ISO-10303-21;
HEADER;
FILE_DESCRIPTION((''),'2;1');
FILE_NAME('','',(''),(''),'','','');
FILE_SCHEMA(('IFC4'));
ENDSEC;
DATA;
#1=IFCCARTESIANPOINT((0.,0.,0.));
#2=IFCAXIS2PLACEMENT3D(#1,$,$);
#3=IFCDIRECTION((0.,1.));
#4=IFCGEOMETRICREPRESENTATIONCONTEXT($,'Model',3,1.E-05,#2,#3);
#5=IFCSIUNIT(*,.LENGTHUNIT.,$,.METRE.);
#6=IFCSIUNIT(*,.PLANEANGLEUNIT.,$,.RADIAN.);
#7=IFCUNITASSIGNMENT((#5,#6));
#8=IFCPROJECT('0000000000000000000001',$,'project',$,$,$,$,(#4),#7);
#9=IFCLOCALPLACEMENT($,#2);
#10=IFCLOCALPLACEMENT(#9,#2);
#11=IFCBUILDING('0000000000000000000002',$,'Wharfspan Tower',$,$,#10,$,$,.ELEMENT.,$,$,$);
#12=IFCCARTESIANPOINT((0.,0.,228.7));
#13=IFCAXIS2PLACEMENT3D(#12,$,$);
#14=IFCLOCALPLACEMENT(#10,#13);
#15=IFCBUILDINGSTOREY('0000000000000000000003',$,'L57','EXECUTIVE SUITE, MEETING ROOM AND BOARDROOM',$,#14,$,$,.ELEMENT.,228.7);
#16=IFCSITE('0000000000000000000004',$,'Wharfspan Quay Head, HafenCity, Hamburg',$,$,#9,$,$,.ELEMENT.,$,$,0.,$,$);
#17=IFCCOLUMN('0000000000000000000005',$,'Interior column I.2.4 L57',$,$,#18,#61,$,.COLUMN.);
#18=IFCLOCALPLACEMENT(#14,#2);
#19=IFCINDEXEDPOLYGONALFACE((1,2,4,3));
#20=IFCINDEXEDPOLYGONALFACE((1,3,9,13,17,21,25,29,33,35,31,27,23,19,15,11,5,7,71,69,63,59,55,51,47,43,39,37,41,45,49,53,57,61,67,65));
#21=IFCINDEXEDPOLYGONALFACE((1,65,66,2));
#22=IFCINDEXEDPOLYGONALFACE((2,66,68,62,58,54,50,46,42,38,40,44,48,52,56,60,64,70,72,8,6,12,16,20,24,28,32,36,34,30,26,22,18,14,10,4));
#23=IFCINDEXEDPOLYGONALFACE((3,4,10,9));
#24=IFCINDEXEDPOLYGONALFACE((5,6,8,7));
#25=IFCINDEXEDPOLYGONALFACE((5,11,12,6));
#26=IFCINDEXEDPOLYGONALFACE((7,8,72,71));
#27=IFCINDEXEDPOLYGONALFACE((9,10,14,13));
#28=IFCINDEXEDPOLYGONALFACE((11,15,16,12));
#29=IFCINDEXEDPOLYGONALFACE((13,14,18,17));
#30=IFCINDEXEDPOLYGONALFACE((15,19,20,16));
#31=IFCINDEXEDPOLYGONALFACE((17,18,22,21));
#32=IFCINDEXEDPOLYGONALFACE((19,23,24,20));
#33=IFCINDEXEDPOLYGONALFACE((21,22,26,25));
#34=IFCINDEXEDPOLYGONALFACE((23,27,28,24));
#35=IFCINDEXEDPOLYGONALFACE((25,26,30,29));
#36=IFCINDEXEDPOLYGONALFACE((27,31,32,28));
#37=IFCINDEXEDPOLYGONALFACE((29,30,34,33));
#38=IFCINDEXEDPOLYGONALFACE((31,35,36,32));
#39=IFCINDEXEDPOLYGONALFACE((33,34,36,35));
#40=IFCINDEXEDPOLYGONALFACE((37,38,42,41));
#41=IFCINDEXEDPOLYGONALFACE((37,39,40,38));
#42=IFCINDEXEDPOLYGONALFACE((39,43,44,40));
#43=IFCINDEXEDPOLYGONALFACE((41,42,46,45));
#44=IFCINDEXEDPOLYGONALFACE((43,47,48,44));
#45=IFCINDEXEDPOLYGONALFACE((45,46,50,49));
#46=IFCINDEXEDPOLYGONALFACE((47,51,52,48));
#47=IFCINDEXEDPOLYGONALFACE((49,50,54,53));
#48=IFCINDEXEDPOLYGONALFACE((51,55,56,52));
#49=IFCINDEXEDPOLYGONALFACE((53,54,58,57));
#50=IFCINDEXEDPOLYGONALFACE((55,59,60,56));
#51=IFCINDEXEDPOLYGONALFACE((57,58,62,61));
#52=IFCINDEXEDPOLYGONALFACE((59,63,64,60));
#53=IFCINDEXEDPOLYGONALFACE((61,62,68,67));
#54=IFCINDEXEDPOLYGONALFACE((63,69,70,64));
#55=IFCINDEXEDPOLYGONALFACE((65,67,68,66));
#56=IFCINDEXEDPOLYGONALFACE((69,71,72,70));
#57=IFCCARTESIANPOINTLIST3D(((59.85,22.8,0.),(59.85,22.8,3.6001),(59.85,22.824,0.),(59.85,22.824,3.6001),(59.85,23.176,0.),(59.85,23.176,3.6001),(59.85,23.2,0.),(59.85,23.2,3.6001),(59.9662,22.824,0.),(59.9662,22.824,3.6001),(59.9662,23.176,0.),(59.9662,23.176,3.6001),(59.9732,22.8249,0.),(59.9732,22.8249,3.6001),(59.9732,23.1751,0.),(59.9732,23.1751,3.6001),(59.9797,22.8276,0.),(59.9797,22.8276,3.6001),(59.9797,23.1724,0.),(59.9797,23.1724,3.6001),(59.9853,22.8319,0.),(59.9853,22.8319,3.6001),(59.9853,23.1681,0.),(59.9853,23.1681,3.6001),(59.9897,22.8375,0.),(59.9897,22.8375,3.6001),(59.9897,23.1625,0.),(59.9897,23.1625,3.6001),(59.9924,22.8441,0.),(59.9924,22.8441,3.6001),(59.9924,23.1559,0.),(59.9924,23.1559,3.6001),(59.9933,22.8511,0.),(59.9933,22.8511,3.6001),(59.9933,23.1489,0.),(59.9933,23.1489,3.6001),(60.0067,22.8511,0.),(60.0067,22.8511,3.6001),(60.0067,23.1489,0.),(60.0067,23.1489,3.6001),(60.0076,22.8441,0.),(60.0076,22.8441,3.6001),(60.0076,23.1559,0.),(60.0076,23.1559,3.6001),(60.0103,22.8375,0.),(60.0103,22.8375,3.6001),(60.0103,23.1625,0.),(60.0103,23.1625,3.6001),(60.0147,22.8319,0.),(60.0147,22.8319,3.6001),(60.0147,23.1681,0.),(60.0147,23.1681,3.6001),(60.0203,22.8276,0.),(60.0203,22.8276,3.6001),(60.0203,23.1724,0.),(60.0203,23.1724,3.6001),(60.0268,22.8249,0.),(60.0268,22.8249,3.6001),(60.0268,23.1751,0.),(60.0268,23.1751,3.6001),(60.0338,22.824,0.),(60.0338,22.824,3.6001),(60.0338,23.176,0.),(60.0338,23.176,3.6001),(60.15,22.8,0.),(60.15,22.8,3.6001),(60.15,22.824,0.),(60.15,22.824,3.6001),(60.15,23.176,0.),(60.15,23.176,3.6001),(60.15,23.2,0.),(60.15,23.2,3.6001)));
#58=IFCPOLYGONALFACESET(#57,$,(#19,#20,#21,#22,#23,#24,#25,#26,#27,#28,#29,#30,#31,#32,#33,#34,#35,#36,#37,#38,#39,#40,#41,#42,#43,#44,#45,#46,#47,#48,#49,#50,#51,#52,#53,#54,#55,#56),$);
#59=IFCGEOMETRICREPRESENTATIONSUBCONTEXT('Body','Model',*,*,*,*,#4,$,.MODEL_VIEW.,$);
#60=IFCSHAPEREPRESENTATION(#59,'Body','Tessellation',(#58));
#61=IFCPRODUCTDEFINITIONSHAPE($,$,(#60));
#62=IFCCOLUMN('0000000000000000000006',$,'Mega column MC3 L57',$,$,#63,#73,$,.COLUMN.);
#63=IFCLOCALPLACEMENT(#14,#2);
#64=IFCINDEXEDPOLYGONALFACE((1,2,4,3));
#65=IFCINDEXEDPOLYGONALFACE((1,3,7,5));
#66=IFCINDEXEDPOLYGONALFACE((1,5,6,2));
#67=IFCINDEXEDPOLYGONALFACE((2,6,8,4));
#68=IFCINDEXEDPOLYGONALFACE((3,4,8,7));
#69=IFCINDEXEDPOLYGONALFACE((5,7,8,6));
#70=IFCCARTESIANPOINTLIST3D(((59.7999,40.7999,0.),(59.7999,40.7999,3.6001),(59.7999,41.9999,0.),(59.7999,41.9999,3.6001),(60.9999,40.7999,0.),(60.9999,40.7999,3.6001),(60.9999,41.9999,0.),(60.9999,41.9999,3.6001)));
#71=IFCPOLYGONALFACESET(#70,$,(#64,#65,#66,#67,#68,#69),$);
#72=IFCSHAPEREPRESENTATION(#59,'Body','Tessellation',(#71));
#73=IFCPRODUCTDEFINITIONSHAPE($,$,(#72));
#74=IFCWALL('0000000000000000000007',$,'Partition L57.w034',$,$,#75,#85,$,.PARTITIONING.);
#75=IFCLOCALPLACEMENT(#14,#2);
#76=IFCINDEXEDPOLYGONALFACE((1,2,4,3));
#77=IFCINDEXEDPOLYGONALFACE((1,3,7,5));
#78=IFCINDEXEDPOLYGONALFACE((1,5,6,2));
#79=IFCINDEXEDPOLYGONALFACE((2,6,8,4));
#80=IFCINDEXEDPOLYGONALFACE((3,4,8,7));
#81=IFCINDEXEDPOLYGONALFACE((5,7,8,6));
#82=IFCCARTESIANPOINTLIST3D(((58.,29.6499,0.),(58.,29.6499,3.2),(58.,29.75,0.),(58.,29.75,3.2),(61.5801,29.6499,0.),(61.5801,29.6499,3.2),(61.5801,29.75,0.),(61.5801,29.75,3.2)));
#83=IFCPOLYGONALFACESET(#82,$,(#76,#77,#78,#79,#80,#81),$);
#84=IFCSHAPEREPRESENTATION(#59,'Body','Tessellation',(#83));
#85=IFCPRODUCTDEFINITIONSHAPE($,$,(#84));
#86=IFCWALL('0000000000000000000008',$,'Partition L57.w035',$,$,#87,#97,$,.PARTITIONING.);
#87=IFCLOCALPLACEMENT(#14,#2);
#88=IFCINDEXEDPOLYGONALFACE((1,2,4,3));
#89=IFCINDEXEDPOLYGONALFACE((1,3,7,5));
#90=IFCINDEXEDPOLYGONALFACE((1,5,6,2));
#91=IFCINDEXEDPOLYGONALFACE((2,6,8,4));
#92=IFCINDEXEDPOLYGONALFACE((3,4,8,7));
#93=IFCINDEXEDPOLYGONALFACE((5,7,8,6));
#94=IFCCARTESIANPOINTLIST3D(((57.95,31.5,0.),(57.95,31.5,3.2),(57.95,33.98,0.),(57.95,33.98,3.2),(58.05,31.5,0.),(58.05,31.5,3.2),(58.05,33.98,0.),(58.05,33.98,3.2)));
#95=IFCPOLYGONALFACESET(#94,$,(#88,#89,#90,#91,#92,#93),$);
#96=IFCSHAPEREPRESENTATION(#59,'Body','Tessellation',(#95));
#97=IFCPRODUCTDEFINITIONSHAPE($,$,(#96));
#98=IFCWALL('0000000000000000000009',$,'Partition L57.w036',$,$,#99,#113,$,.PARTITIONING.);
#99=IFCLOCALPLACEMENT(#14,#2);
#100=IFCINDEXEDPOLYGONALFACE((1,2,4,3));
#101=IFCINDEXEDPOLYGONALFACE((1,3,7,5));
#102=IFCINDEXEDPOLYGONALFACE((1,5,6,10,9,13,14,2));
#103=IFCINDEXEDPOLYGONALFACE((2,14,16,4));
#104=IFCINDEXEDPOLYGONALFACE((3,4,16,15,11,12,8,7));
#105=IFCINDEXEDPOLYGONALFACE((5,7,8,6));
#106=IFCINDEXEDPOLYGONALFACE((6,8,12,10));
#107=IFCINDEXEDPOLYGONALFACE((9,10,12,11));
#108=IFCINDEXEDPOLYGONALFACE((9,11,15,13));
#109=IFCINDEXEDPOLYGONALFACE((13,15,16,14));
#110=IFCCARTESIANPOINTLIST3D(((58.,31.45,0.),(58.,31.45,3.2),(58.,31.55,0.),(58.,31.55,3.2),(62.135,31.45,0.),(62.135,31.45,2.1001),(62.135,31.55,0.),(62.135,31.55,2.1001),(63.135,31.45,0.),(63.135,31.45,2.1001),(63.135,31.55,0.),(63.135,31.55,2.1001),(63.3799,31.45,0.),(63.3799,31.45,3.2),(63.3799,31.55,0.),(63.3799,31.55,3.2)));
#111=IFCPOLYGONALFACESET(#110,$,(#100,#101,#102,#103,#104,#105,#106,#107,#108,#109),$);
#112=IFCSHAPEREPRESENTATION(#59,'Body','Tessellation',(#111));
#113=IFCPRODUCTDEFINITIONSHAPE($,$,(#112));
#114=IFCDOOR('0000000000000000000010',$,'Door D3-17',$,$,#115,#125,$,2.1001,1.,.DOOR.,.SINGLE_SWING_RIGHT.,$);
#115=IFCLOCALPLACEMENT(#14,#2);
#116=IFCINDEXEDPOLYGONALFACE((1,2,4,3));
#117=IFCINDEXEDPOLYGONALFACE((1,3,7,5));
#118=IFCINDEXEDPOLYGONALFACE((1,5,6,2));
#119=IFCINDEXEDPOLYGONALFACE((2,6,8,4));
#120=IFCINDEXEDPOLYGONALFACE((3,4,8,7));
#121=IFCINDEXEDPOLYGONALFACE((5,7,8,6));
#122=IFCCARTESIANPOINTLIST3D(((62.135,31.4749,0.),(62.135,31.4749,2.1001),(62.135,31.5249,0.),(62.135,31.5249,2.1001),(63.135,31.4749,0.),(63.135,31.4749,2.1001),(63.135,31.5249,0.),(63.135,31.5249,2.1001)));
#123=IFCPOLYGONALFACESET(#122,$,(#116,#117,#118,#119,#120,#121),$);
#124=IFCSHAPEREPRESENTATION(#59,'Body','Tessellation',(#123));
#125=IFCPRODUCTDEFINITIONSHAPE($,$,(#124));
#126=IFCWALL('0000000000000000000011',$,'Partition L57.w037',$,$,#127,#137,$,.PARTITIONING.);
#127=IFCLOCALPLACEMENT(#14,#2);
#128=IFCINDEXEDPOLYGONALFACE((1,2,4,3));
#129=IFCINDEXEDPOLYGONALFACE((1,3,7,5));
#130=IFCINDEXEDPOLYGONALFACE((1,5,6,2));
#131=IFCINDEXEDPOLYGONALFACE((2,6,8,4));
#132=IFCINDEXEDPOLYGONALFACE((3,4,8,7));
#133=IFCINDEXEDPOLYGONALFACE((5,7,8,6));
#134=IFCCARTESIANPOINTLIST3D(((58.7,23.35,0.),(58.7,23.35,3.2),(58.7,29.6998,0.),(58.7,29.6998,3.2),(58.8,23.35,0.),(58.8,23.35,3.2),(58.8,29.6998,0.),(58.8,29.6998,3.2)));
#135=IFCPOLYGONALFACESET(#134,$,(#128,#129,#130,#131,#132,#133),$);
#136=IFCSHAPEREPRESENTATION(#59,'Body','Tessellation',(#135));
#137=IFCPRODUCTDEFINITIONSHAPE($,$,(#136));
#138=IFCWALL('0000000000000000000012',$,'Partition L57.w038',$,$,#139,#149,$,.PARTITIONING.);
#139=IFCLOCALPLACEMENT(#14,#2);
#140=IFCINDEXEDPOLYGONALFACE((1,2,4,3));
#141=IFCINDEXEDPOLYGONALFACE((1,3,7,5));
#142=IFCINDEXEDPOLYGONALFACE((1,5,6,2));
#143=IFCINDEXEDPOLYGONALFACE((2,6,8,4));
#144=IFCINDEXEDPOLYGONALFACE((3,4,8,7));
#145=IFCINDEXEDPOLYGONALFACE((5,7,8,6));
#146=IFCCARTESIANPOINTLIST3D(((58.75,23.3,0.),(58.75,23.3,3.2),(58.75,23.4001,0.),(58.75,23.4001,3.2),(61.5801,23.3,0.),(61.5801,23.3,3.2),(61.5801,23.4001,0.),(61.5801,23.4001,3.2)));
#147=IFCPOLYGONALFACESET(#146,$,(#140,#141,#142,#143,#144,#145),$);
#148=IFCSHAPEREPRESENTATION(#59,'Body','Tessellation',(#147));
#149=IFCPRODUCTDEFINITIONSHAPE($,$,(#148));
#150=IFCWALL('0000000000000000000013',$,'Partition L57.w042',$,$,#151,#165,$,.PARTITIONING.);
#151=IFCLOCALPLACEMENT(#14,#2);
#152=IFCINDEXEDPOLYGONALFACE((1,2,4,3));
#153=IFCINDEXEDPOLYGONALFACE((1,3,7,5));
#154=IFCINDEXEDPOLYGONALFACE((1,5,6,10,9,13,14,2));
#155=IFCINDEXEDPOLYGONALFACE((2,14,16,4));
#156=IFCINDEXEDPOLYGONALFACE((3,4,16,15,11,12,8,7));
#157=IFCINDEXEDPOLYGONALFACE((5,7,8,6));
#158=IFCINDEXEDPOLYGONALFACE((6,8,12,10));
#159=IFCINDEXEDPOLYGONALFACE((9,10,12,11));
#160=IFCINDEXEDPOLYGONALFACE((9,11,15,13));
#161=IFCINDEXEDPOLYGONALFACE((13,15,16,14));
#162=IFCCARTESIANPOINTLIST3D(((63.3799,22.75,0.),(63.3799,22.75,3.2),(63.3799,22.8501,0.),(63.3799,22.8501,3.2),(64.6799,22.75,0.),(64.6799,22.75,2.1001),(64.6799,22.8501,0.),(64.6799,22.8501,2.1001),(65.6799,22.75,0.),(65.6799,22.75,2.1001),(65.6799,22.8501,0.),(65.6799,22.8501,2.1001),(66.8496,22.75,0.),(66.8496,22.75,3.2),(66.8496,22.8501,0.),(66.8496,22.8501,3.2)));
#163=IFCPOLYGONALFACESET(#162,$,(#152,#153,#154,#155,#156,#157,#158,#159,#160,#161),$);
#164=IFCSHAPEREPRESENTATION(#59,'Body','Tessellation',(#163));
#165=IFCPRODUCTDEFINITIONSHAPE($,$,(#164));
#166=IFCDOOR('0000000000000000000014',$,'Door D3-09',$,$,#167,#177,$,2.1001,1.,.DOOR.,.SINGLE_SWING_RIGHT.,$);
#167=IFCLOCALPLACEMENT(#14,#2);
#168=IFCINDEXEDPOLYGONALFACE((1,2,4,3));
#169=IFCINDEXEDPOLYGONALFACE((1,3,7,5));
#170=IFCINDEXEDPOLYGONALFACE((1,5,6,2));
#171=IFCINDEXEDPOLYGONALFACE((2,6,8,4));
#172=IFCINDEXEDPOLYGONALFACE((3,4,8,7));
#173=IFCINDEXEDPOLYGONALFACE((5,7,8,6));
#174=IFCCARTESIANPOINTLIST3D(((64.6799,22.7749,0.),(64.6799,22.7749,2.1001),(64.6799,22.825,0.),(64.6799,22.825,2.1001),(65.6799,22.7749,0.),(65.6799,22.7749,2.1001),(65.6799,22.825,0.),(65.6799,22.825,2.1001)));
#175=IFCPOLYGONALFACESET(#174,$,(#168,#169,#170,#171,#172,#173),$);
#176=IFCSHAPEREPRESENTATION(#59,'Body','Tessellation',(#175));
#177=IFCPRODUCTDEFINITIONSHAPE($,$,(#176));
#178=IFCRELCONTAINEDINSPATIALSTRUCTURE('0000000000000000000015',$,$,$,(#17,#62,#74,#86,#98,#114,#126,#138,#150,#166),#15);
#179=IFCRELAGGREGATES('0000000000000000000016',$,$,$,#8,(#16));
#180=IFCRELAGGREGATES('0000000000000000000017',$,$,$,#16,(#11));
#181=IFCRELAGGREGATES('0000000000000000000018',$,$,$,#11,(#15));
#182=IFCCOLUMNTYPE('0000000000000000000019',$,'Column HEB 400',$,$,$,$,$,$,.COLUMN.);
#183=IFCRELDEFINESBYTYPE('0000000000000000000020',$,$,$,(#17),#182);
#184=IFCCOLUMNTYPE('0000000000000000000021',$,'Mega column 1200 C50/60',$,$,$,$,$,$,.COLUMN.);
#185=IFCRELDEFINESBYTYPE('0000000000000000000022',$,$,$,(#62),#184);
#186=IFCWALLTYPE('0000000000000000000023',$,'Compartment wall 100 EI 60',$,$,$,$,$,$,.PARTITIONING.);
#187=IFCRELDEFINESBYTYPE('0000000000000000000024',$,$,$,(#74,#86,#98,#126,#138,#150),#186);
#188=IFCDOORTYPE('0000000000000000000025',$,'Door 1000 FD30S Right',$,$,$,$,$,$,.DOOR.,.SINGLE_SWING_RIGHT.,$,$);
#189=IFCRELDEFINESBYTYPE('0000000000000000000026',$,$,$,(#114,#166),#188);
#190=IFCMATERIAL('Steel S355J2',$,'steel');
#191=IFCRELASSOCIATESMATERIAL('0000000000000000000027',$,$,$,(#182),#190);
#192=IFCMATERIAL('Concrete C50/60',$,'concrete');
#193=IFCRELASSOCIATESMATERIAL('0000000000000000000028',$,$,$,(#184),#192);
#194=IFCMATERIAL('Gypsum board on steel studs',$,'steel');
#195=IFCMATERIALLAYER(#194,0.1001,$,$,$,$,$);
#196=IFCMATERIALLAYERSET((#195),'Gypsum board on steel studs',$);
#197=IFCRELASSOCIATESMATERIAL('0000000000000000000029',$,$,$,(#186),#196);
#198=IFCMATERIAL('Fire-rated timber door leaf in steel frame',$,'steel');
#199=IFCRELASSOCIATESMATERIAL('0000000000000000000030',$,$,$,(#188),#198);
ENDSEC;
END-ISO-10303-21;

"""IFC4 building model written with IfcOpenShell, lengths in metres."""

from ifc_helpers import new_model, si_unit, direction, frame, frame_2d, origin, origin_2d, place, context, subcontext, project, spatial, rectangle, i_section, extrude, material, layer, layer_set, material_profile, profile_set, type_object, element, fill, save


model = new_model("IFC4")

# Units and contexts
model_context = context("Model", 3, precision=1e-05, world=origin(), true_north=direction((0.0, 1.0)))
body_context = subcontext(model_context, "Body", "Model", "MODEL_VIEW")
ifc_project = project(units=[si_unit("LENGTHUNIT", "METRE"), si_unit("PLANEANGLEUNIT", "RADIAN")], contexts=[model_context])

# Site, building, storey
site_placement = place(None, origin())
site = spatial("IfcSite", under=ifc_project, at=site_placement, Name="Wharfspan Quay Head, HafenCity, Hamburg", CompositionType="ELEMENT", RefElevation=0.0)
building_placement = place(site_placement, origin())
building = spatial("IfcBuilding", under=site, at=building_placement, Name="Wharfspan Tower", CompositionType="ELEMENT")
storey_placement = place(building_placement, frame((0.0, 0.0, 228.7)))
storey = spatial("IfcBuildingStorey", under=building, at=storey_placement, Name="L57", Description="EXECUTIVE SUITE, MEETING ROOM AND BOARDROOM", CompositionType="ELEMENT", Elevation=228.7)

# Columns
ifc_material_1 = material(Name="Steel S355J2", Category="steel")
ifc_material_profile_1 = material_profile(ifc_material_1, i_section(OverallWidth=0.3, OverallDepth=0.3999, WebThickness=0.0134, FlangeThickness=0.0239, FilletRadius=0.0271, at=origin_2d()))
ifc_profile_set_1 = profile_set([ifc_material_profile_1], Name="Steel S355J2")
column_type_1 = type_object("IfcColumnType", Name="Column HEB 400", PredefinedType="COLUMN", material=ifc_profile_set_1)
column_1_placement = place(storey_placement, frame((60.0, 23.0, 0.0), z_axis=(0.0, 0.0, 1.0), x_axis=(1.0, 0.0, 0.0)))
element("IfcColumn", 1, at=column_1_placement, inside=storey, type_object=column_type_1, Name="Interior column I.2.4 L57", PredefinedType="COLUMN", context=body_context, shape_type="SweptSolid", body=[
    extrude(i_section(OverallWidth=0.3, OverallDepth=0.3999, WebThickness=0.0134, FlangeThickness=0.0239, FilletRadius=0.0271, at=origin_2d()), origin(), (0.0, 0.0, 1.0), 3.6001),
])
ifc_material_2 = material(Name="Concrete C50/60", Category="concrete")
ifc_material_profile_2 = material_profile(ifc_material_2, rectangle(XDim=1.2, YDim=1.2, at=origin_2d()))
ifc_profile_set_2 = profile_set([ifc_material_profile_2], Name="Concrete C50/60")
column_type_2 = type_object("IfcColumnType", Name="Mega column 1200 C50/60", PredefinedType="COLUMN", material=ifc_profile_set_2)
column_2_placement = place(storey_placement, frame((60.3999, 41.3999, 0.0), z_axis=(0.0, 0.0, 1.0), x_axis=(1.0, 0.0, 0.0)))
element("IfcColumn", 2, at=column_2_placement, inside=storey, type_object=column_type_2, Name="Mega column MC3 L57", PredefinedType="COLUMN", context=body_context, shape_type="SweptSolid", body=[
    extrude(rectangle(XDim=1.2, YDim=1.2, at=origin_2d()), origin(), (0.0, 0.0, 1.0), 3.6001),
])

# Walls
ifc_material_3 = material(Name="Gypsum board on steel studs", Category="steel")
ifc_layer_1 = layer(ifc_material_3, 0.1001)
ifc_layer_set_1 = layer_set([ifc_layer_1], Name="Gypsum board on steel studs")
wall_type_1 = type_object("IfcWallType", Name="Compartment wall 100 EI 60", PredefinedType="PARTITIONING", material=ifc_layer_set_1)
wall_1_placement = place(storey_placement, frame((58.0, 29.7, 0.0), z_axis=(0.0, 0.0, 1.0), x_axis=(1.0, 0.0, 0.0)))
element("IfcWall", 3, at=wall_1_placement, inside=storey, type_object=wall_type_1, Name="Partition L57.w034", PredefinedType="PARTITIONING", context=body_context, shape_type="SweptSolid", body=[
    extrude(rectangle(XDim=3.5801, YDim=0.1001, at=frame_2d((1.79, 0.0))), origin(), (0.0, 0.0, 1.0), 3.2),
])
wall_2_placement = place(storey_placement, frame((58.0, 31.5, 0.0), z_axis=(0.0, 0.0, 1.0), x_axis=(0.0, 1.0, 0.0)))
element("IfcWall", 4, at=wall_2_placement, inside=storey, type_object=wall_type_1, Name="Partition L57.w035", PredefinedType="PARTITIONING", context=body_context, shape_type="SweptSolid", body=[
    extrude(rectangle(XDim=2.48, YDim=0.1001, at=frame_2d((1.24, 0.0))), origin(), (0.0, 0.0, 1.0), 3.2),
])

# Wall, opening, door
wall_3_placement = place(storey_placement, frame((58.0, 31.5, 0.0), z_axis=(0.0, 0.0, 1.0), x_axis=(1.0, 0.0, 0.0)))
wall_3 = element("IfcWall", 5, at=wall_3_placement, inside=storey, type_object=wall_type_1, Name="Partition L57.w036", PredefinedType="PARTITIONING", context=body_context, shape_type="SweptSolid", body=[
    extrude(rectangle(XDim=5.3799, YDim=0.1001, at=frame_2d((2.6899, 0.0))), origin(), (0.0, 0.0, 1.0), 3.2),
])
opening_1_placement = place(wall_3_placement, frame((4.135, 0.0, 0.0)))
opening_1 = element("IfcOpeningElement", 6, at=opening_1_placement, cuts=wall_3, PredefinedType="OPENING", context=body_context, shape_type="SweptSolid", body=[
    extrude(rectangle(XDim=1.0, YDim=2.1001, at=frame_2d((0.5, 1.05))), frame((0.0, 0.0601, 0.0), z_axis=(0.0, -1.0, 0.0), x_axis=(1.0, 0.0, 0.0)), (0.0, 0.0, 1.0), 0.1201),
])
ifc_material_4 = material(Name="Fire-rated timber door leaf in steel frame", Category="steel")
door_type_1 = type_object("IfcDoorType", Name="Door 1000 FD30S Right", OperationType="SINGLE_SWING_RIGHT", PredefinedType="DOOR", material=ifc_material_4)
door_1_placement = place(opening_1_placement, origin())
door_1 = element("IfcDoor", 7, at=door_1_placement, inside=storey, type_object=door_type_1, Name="Door D3-17", OperationType="SINGLE_SWING_RIGHT", OverallHeight=2.1001, OverallWidth=1.0, PredefinedType="DOOR", context=body_context, shape_type="SweptSolid", body=[
    extrude(rectangle(XDim=1.0, YDim=2.1001, at=frame_2d((0.5, 1.05))), frame((0.0, 0.0249, 0.0), z_axis=(0.0, -1.0, 0.0), x_axis=(1.0, 0.0, 0.0)), (0.0, 0.0, 1.0), 0.05),
])
fill(opening_1, door_1)

# Walls
wall_4_placement = place(storey_placement, frame((58.75, 23.3501, 0.0), z_axis=(0.0, 0.0, 1.0), x_axis=(0.0, 1.0, 0.0)))
element("IfcWall", 8, at=wall_4_placement, inside=storey, type_object=wall_type_1, Name="Partition L57.w037", PredefinedType="PARTITIONING", context=body_context, shape_type="SweptSolid", body=[
    extrude(rectangle(XDim=6.3499, YDim=0.1001, at=frame_2d((3.1748, 0.0))), origin(), (0.0, 0.0, 1.0), 3.2),
])
wall_5_placement = place(storey_placement, frame((58.75, 23.3501, 0.0), z_axis=(0.0, 0.0, 1.0), x_axis=(1.0, 0.0, 0.0)))
element("IfcWall", 9, at=wall_5_placement, inside=storey, type_object=wall_type_1, Name="Partition L57.w038", PredefinedType="PARTITIONING", context=body_context, shape_type="SweptSolid", body=[
    extrude(rectangle(XDim=2.8301, YDim=0.1001, at=frame_2d((1.415, 0.0))), origin(), (0.0, 0.0, 1.0), 3.2),
])

# Wall, opening, door
wall_6_placement = place(storey_placement, frame((63.3799, 22.8, 0.0), z_axis=(0.0, 0.0, 1.0), x_axis=(1.0, 0.0, 0.0)))
wall_6 = element("IfcWall", 10, at=wall_6_placement, inside=storey, type_object=wall_type_1, Name="Partition L57.w042", PredefinedType="PARTITIONING", context=body_context, shape_type="SweptSolid", body=[
    extrude(rectangle(XDim=3.4697, YDim=0.1001, at=frame_2d((1.7349, 0.0))), origin(), (0.0, 0.0, 1.0), 3.2),
])
opening_2_placement = place(wall_6_placement, frame((1.3, 0.0, 0.0)))
opening_2 = element("IfcOpeningElement", 11, at=opening_2_placement, cuts=wall_6, PredefinedType="OPENING", context=body_context, shape_type="SweptSolid", body=[
    extrude(rectangle(XDim=1.0, YDim=2.1001, at=frame_2d((0.5, 1.05))), frame((0.0, 0.0601, 0.0), z_axis=(0.0, -1.0, 0.0), x_axis=(1.0, 0.0, 0.0)), (0.0, 0.0, 1.0), 0.1201),
])
door_2_placement = place(opening_2_placement, origin())
door_2 = element("IfcDoor", 12, at=door_2_placement, inside=storey, type_object=door_type_1, Name="Door D3-09", OperationType="SINGLE_SWING_RIGHT", OverallHeight=2.1001, OverallWidth=1.0, PredefinedType="DOOR", context=body_context, shape_type="SweptSolid", body=[
    extrude(rectangle(XDim=1.0, YDim=2.1001, at=frame_2d((0.5, 1.05))), frame((0.0, 0.0249, 0.0), z_axis=(0.0, -1.0, 0.0), x_axis=(1.0, 0.0, 0.0)), (0.0, 0.0, 1.0), 0.05),
])
fill(opening_2, door_2)

save(model, "model.ifc")
